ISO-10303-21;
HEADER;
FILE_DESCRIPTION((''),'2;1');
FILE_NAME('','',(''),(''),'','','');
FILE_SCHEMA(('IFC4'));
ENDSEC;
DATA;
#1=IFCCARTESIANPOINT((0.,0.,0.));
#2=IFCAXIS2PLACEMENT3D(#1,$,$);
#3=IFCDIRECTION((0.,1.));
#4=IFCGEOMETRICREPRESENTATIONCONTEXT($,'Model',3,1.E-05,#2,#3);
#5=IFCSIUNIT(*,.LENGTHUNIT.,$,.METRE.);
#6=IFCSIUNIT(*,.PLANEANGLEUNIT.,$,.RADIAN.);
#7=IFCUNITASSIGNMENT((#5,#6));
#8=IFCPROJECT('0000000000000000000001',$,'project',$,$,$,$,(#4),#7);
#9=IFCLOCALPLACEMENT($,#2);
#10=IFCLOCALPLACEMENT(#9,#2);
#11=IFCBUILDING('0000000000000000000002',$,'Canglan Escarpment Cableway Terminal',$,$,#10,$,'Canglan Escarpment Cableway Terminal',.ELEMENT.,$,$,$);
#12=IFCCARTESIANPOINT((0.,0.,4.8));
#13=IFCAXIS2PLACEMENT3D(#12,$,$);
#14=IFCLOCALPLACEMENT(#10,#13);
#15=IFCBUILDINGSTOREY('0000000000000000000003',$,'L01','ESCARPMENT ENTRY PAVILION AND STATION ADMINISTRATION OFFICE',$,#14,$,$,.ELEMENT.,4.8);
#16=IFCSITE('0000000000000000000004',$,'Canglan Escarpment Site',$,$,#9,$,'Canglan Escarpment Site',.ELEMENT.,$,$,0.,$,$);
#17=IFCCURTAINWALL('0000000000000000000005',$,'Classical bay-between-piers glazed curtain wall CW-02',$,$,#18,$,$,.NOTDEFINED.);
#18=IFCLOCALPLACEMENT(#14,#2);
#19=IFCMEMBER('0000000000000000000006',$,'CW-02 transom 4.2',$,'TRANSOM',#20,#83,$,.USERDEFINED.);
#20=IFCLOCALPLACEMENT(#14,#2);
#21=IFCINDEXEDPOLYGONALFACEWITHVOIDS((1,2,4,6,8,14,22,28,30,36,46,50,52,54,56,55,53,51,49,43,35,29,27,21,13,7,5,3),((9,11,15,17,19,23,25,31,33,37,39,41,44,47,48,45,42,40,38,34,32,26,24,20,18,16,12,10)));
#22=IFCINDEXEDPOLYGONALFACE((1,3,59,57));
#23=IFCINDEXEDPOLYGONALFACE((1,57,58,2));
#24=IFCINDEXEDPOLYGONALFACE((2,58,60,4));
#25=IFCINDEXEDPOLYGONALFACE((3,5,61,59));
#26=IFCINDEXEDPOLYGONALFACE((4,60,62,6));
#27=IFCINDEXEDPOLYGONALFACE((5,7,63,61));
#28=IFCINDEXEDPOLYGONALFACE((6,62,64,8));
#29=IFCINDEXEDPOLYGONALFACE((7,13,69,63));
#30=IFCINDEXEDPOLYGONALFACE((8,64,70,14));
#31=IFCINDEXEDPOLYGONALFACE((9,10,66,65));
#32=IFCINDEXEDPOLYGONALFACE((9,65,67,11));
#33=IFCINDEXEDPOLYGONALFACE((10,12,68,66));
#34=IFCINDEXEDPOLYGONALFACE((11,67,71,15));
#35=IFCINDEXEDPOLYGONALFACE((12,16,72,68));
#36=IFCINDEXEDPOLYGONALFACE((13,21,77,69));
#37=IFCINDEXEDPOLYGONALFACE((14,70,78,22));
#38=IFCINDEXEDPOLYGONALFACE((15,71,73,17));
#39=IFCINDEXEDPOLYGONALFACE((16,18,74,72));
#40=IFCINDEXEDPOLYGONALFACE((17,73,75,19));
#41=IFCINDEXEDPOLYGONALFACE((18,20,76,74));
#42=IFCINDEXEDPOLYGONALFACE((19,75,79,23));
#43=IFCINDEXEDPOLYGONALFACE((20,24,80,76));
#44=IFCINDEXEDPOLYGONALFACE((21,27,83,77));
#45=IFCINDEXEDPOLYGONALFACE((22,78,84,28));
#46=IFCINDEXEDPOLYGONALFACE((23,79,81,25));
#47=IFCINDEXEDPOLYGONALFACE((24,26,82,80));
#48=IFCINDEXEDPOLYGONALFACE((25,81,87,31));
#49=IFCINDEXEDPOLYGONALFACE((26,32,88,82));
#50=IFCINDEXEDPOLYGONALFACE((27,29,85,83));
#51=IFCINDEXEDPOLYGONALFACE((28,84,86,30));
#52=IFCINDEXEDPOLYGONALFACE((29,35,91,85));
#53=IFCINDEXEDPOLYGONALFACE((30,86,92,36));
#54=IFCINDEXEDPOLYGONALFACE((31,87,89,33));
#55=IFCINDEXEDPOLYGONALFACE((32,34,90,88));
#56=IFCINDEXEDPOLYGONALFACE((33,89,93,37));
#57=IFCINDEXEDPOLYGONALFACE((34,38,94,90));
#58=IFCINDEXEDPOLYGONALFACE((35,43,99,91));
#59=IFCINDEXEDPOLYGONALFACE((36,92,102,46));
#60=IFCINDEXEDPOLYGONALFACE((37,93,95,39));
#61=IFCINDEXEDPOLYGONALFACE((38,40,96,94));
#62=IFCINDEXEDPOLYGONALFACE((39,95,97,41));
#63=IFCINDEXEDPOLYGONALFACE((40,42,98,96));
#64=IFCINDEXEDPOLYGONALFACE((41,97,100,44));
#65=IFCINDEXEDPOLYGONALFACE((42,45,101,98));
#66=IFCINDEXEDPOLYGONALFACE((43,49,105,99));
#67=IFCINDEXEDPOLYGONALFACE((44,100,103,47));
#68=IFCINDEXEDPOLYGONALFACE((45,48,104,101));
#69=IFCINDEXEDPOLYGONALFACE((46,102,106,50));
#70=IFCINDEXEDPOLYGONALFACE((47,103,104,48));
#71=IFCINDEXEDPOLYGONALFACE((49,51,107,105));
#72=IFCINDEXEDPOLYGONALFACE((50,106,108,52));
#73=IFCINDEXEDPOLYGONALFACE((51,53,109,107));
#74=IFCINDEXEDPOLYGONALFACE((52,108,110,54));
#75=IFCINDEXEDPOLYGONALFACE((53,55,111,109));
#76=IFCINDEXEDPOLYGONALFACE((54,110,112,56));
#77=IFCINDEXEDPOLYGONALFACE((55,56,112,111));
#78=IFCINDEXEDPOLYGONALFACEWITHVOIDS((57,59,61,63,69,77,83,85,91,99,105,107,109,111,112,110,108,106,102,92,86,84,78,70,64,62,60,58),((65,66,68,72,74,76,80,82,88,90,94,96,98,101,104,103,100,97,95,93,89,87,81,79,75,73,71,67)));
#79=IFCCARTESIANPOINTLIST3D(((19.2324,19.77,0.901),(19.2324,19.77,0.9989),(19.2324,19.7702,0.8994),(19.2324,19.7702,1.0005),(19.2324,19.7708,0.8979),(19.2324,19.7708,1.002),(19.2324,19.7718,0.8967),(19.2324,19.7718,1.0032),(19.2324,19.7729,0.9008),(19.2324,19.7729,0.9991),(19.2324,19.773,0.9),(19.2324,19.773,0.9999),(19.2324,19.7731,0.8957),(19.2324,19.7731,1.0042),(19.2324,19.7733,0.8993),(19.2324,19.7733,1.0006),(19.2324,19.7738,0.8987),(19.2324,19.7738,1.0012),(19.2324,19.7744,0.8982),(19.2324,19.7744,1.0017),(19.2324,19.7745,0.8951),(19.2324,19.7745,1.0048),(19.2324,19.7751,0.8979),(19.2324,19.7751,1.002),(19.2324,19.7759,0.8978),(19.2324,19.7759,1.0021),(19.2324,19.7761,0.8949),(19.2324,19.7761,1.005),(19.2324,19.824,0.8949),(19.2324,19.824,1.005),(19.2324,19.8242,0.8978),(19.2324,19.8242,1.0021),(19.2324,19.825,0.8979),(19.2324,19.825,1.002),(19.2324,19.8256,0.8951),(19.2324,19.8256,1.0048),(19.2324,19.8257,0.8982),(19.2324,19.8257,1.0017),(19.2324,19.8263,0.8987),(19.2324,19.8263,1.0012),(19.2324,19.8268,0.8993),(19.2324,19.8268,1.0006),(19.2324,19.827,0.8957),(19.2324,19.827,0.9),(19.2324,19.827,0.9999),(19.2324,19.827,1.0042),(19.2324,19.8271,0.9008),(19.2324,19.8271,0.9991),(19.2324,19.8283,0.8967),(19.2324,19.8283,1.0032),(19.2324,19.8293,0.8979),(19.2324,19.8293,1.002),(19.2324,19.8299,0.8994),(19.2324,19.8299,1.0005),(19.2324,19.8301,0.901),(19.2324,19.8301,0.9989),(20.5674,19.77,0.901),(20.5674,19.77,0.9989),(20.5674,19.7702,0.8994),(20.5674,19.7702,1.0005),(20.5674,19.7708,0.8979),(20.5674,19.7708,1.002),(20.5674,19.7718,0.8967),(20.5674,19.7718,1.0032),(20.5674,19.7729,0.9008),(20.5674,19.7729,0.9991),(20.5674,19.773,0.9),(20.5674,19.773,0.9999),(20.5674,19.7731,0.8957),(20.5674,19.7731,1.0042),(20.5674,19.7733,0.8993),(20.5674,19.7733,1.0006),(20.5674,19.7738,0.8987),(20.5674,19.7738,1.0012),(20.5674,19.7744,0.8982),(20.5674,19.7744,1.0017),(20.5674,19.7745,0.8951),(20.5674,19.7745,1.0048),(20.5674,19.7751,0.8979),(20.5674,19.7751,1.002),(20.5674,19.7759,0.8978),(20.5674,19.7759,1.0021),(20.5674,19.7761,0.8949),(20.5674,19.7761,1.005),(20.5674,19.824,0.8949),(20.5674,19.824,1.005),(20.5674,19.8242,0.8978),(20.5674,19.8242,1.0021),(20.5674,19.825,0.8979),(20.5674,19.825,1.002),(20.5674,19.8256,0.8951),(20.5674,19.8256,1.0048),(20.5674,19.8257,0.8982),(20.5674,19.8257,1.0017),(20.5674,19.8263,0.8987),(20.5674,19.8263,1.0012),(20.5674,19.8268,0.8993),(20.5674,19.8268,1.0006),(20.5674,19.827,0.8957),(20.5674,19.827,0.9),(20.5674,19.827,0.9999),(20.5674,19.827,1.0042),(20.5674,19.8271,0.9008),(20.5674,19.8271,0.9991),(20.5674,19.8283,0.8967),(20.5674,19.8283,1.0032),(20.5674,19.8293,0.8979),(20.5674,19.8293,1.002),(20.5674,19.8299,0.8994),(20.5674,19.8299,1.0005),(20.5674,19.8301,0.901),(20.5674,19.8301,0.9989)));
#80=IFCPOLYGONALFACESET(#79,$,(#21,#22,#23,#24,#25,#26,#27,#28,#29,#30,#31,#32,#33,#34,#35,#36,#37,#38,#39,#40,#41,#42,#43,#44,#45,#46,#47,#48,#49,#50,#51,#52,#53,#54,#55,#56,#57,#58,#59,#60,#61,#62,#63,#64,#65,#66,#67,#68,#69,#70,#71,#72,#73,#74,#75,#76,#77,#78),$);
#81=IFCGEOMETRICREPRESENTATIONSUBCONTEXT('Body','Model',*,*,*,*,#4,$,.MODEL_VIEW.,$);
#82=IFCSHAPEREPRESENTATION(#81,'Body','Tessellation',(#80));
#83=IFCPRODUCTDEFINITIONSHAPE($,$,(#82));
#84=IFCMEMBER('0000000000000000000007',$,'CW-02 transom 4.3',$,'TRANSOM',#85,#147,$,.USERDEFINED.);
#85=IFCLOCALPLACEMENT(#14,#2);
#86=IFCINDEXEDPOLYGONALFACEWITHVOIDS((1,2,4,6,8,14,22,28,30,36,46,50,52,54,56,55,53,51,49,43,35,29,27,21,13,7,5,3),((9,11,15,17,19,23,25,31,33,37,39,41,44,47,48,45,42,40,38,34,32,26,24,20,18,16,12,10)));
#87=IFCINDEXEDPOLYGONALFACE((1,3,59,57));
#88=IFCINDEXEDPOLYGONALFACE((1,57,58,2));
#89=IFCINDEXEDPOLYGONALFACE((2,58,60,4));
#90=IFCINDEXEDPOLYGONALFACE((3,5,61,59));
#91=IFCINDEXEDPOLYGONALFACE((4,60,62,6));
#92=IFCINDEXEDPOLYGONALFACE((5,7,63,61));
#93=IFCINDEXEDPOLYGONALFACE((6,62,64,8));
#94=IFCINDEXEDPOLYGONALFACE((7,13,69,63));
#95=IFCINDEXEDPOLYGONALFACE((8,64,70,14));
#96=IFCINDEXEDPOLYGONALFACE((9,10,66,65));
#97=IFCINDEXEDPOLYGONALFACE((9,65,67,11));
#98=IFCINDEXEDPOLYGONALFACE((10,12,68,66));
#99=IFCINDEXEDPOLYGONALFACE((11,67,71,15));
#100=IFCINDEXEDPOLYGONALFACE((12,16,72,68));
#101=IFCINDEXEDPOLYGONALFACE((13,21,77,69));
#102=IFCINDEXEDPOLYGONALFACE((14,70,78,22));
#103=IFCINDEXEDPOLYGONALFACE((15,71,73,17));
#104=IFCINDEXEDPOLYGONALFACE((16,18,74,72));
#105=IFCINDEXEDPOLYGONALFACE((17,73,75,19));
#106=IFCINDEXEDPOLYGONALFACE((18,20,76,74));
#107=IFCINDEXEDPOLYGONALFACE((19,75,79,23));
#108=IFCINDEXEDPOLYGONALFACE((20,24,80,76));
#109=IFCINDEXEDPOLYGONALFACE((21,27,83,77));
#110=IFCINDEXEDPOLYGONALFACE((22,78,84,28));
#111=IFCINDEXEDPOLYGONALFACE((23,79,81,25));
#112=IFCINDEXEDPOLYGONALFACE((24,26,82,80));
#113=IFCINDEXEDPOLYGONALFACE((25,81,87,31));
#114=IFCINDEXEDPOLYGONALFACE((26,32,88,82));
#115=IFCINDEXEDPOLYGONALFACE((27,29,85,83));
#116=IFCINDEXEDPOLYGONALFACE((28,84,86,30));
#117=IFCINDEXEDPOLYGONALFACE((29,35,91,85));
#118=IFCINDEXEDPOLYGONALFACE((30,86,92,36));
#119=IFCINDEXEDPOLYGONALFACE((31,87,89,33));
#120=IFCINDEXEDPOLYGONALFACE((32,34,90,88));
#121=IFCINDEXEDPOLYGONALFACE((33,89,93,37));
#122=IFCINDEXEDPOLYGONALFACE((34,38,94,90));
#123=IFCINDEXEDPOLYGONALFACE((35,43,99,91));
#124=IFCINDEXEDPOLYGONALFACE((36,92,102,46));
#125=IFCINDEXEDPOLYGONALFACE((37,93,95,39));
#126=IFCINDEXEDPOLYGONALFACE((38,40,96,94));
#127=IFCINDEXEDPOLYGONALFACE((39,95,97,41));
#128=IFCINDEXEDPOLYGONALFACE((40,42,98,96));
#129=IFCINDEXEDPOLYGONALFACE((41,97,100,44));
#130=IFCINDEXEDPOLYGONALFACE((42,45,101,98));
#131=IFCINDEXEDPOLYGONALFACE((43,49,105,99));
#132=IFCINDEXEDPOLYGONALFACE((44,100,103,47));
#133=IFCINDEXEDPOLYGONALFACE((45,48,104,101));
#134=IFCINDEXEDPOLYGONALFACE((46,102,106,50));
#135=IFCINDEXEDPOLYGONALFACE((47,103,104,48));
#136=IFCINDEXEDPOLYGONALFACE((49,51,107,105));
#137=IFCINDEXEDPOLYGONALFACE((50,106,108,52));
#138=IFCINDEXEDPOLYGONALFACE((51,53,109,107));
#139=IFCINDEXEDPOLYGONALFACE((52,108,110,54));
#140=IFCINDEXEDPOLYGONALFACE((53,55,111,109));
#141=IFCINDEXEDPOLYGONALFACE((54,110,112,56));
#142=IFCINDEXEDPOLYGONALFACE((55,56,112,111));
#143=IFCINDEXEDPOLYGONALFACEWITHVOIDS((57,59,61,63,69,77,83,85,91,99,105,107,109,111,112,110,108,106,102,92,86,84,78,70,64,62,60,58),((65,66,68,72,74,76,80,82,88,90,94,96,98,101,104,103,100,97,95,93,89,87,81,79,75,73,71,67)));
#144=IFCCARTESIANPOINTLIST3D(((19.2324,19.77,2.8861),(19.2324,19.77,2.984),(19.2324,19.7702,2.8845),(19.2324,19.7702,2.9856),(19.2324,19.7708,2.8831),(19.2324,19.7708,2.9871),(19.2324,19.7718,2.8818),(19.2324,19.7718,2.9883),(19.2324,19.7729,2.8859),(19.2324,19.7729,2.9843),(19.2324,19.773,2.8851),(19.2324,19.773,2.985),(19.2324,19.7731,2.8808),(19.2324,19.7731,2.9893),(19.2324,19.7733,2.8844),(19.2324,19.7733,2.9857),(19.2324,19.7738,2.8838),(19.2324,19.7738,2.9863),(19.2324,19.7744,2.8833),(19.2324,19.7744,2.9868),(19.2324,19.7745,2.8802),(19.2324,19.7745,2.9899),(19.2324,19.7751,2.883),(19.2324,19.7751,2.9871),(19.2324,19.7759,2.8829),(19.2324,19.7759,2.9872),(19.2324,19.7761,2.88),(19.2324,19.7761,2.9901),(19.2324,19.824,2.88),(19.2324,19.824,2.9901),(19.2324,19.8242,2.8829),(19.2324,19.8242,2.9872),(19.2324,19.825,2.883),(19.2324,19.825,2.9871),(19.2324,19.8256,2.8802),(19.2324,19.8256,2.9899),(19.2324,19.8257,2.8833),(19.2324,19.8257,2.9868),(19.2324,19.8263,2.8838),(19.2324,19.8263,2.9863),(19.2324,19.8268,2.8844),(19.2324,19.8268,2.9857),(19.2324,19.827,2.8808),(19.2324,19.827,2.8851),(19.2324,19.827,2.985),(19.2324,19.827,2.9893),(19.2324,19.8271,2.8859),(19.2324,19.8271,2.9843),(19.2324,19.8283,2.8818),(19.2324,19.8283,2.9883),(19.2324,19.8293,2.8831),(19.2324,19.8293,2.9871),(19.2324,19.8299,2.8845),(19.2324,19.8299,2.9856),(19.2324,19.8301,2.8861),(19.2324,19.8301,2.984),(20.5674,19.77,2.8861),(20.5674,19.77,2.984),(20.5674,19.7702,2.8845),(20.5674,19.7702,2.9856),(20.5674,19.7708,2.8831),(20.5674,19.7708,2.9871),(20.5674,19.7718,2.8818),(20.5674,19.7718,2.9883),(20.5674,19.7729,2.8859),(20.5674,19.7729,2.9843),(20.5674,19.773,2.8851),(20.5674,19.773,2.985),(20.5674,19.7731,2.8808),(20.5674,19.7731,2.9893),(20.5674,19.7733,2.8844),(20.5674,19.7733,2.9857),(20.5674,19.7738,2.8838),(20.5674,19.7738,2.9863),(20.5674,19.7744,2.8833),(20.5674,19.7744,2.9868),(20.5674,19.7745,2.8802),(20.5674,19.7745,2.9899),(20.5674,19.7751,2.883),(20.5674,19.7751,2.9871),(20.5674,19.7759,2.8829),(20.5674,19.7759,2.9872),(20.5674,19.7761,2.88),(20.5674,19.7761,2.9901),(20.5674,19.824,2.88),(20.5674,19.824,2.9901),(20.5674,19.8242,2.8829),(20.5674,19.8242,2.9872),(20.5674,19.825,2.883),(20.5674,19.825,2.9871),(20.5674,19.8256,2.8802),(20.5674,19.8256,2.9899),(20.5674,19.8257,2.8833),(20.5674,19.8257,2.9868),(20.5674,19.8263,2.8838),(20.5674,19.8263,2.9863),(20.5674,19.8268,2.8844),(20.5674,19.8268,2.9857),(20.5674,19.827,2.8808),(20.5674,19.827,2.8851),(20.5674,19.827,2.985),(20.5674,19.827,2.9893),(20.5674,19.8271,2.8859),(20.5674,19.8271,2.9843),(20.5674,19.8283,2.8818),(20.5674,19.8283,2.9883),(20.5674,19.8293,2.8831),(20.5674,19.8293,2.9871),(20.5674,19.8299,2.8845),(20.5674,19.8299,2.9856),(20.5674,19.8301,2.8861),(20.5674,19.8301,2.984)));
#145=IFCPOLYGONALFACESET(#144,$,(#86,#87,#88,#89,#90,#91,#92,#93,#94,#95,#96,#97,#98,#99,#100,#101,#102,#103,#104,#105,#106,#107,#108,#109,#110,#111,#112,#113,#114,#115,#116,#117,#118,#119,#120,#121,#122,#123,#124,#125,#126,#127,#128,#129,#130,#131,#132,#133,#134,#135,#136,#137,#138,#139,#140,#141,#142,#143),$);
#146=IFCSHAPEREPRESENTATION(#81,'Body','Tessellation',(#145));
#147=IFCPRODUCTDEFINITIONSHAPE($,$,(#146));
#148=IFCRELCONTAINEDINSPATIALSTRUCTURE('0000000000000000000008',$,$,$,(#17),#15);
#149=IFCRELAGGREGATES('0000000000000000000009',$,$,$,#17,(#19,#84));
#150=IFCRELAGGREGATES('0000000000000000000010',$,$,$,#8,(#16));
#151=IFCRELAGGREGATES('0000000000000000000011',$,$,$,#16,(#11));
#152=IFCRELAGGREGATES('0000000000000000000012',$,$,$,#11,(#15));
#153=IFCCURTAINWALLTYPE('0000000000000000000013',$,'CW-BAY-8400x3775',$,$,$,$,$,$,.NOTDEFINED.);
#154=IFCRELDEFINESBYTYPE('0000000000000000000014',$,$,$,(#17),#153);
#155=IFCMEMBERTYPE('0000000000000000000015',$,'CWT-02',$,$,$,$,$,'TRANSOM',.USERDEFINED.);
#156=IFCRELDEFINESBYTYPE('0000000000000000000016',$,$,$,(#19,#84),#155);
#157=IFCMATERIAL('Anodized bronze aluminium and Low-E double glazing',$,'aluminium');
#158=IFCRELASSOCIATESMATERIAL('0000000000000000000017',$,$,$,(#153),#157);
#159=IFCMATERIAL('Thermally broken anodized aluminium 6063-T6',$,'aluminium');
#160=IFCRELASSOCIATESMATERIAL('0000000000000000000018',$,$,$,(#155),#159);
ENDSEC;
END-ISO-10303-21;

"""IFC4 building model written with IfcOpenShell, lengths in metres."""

from ifc_helpers import new_model, si_unit, direction, frame, origin, origin_2d, place, context, subcontext, project, spatial, hollow_rectangle, extrude, material, material_profile, profile_set, type_object, element, aggregate, save


model = new_model("IFC4")

# Units and contexts
model_context = context("Model", 3, precision=1e-05, world=origin(), true_north=direction((0.0, 1.0)))
body_context = subcontext(model_context, "Body", "Model", "MODEL_VIEW")
ifc_project = project(units=[si_unit("LENGTHUNIT", "METRE"), si_unit("PLANEANGLEUNIT", "RADIAN")], contexts=[model_context])

# Site, building, storey
site_placement = place(None, origin())
site = spatial("IfcSite", under=ifc_project, at=site_placement, Name="Canglan Escarpment Site", LongName="Canglan Escarpment Site", CompositionType="ELEMENT", RefElevation=0.0)
building_placement = place(site_placement, origin())
building = spatial("IfcBuilding", under=site, at=building_placement, Name="Canglan Escarpment Cableway Terminal", LongName="Canglan Escarpment Cableway Terminal", CompositionType="ELEMENT")
storey_placement = place(building_placement, frame((0.0, 0.0, 4.8)))
storey = spatial("IfcBuildingStorey", under=building, at=storey_placement, Name="L01", Description="ESCARPMENT ENTRY PAVILION AND STATION ADMINISTRATION OFFICE", CompositionType="ELEMENT", Elevation=4.8)

# Curtain wall, members
ifc_material_1 = material(Name="Anodized bronze aluminium and Low-E double glazing", Category="aluminium")
curtain_wall_type = type_object("IfcCurtainWallType", Name="CW-BAY-8400x3775", PredefinedType="NOTDEFINED", material=ifc_material_1)
curtain_wall_placement = place(storey_placement, origin())
curtain_wall = element("IfcCurtainWall", 1, at=curtain_wall_placement, inside=storey, type_object=curtain_wall_type, Name="Classical bay-between-piers glazed curtain wall CW-02", PredefinedType="NOTDEFINED")
ifc_material_2 = material(Name="Thermally broken anodized aluminium 6063-T6", Category="aluminium")
ifc_material_profile_1 = material_profile(ifc_material_2, hollow_rectangle(XDim=0.0601, YDim=0.1101, WallThickness=0.0029, InnerFilletRadius=0.0029, OuterFilletRadius=0.0061, at=origin_2d()), Name="ALU-TRAN 60x110x3")
ifc_profile_set_1 = profile_set([ifc_material_profile_1], Name="Thermally broken anodized aluminium 6063-T6")
member_type_1 = type_object("IfcMemberType", Name="CWT-02", ElementType="TRANSOM", PredefinedType="USERDEFINED", material=ifc_profile_set_1)
member_1_placement = place(storey_placement, frame((20.5674, 19.8, 0.95), z_axis=(-1.0, 0.0, 0.0), x_axis=(0.0, -1.0, 0.0)))
member_1 = element("IfcMember", 2, at=member_1_placement, type_object=member_type_1, Name="CW-02 transom 4.2", ObjectType="TRANSOM", PredefinedType="USERDEFINED", context=body_context, shape_type="SweptSolid", body=[
    extrude(hollow_rectangle(XDim=0.0601, YDim=0.1101, WallThickness=0.0029, InnerFilletRadius=0.0029, OuterFilletRadius=0.0061, at=origin_2d()), origin(), (0.0, 0.0, 1.0), 1.335),
])
member_2_placement = place(storey_placement, frame((20.5674, 19.8, 2.9351), z_axis=(-1.0, 0.0, 0.0), x_axis=(0.0, -1.0, 0.0)))
member_2 = element("IfcMember", 3, at=member_2_placement, type_object=member_type_1, Name="CW-02 transom 4.3", ObjectType="TRANSOM", PredefinedType="USERDEFINED", context=body_context, shape_type="SweptSolid", body=[
    extrude(hollow_rectangle(XDim=0.0601, YDim=0.1101, WallThickness=0.0029, InnerFilletRadius=0.0029, OuterFilletRadius=0.0061, at=origin_2d()), origin(), (0.0, 0.0, 1.0), 1.335),
])

aggregate(curtain_wall, [member_1, member_2])

save(model, "model.ifc")
